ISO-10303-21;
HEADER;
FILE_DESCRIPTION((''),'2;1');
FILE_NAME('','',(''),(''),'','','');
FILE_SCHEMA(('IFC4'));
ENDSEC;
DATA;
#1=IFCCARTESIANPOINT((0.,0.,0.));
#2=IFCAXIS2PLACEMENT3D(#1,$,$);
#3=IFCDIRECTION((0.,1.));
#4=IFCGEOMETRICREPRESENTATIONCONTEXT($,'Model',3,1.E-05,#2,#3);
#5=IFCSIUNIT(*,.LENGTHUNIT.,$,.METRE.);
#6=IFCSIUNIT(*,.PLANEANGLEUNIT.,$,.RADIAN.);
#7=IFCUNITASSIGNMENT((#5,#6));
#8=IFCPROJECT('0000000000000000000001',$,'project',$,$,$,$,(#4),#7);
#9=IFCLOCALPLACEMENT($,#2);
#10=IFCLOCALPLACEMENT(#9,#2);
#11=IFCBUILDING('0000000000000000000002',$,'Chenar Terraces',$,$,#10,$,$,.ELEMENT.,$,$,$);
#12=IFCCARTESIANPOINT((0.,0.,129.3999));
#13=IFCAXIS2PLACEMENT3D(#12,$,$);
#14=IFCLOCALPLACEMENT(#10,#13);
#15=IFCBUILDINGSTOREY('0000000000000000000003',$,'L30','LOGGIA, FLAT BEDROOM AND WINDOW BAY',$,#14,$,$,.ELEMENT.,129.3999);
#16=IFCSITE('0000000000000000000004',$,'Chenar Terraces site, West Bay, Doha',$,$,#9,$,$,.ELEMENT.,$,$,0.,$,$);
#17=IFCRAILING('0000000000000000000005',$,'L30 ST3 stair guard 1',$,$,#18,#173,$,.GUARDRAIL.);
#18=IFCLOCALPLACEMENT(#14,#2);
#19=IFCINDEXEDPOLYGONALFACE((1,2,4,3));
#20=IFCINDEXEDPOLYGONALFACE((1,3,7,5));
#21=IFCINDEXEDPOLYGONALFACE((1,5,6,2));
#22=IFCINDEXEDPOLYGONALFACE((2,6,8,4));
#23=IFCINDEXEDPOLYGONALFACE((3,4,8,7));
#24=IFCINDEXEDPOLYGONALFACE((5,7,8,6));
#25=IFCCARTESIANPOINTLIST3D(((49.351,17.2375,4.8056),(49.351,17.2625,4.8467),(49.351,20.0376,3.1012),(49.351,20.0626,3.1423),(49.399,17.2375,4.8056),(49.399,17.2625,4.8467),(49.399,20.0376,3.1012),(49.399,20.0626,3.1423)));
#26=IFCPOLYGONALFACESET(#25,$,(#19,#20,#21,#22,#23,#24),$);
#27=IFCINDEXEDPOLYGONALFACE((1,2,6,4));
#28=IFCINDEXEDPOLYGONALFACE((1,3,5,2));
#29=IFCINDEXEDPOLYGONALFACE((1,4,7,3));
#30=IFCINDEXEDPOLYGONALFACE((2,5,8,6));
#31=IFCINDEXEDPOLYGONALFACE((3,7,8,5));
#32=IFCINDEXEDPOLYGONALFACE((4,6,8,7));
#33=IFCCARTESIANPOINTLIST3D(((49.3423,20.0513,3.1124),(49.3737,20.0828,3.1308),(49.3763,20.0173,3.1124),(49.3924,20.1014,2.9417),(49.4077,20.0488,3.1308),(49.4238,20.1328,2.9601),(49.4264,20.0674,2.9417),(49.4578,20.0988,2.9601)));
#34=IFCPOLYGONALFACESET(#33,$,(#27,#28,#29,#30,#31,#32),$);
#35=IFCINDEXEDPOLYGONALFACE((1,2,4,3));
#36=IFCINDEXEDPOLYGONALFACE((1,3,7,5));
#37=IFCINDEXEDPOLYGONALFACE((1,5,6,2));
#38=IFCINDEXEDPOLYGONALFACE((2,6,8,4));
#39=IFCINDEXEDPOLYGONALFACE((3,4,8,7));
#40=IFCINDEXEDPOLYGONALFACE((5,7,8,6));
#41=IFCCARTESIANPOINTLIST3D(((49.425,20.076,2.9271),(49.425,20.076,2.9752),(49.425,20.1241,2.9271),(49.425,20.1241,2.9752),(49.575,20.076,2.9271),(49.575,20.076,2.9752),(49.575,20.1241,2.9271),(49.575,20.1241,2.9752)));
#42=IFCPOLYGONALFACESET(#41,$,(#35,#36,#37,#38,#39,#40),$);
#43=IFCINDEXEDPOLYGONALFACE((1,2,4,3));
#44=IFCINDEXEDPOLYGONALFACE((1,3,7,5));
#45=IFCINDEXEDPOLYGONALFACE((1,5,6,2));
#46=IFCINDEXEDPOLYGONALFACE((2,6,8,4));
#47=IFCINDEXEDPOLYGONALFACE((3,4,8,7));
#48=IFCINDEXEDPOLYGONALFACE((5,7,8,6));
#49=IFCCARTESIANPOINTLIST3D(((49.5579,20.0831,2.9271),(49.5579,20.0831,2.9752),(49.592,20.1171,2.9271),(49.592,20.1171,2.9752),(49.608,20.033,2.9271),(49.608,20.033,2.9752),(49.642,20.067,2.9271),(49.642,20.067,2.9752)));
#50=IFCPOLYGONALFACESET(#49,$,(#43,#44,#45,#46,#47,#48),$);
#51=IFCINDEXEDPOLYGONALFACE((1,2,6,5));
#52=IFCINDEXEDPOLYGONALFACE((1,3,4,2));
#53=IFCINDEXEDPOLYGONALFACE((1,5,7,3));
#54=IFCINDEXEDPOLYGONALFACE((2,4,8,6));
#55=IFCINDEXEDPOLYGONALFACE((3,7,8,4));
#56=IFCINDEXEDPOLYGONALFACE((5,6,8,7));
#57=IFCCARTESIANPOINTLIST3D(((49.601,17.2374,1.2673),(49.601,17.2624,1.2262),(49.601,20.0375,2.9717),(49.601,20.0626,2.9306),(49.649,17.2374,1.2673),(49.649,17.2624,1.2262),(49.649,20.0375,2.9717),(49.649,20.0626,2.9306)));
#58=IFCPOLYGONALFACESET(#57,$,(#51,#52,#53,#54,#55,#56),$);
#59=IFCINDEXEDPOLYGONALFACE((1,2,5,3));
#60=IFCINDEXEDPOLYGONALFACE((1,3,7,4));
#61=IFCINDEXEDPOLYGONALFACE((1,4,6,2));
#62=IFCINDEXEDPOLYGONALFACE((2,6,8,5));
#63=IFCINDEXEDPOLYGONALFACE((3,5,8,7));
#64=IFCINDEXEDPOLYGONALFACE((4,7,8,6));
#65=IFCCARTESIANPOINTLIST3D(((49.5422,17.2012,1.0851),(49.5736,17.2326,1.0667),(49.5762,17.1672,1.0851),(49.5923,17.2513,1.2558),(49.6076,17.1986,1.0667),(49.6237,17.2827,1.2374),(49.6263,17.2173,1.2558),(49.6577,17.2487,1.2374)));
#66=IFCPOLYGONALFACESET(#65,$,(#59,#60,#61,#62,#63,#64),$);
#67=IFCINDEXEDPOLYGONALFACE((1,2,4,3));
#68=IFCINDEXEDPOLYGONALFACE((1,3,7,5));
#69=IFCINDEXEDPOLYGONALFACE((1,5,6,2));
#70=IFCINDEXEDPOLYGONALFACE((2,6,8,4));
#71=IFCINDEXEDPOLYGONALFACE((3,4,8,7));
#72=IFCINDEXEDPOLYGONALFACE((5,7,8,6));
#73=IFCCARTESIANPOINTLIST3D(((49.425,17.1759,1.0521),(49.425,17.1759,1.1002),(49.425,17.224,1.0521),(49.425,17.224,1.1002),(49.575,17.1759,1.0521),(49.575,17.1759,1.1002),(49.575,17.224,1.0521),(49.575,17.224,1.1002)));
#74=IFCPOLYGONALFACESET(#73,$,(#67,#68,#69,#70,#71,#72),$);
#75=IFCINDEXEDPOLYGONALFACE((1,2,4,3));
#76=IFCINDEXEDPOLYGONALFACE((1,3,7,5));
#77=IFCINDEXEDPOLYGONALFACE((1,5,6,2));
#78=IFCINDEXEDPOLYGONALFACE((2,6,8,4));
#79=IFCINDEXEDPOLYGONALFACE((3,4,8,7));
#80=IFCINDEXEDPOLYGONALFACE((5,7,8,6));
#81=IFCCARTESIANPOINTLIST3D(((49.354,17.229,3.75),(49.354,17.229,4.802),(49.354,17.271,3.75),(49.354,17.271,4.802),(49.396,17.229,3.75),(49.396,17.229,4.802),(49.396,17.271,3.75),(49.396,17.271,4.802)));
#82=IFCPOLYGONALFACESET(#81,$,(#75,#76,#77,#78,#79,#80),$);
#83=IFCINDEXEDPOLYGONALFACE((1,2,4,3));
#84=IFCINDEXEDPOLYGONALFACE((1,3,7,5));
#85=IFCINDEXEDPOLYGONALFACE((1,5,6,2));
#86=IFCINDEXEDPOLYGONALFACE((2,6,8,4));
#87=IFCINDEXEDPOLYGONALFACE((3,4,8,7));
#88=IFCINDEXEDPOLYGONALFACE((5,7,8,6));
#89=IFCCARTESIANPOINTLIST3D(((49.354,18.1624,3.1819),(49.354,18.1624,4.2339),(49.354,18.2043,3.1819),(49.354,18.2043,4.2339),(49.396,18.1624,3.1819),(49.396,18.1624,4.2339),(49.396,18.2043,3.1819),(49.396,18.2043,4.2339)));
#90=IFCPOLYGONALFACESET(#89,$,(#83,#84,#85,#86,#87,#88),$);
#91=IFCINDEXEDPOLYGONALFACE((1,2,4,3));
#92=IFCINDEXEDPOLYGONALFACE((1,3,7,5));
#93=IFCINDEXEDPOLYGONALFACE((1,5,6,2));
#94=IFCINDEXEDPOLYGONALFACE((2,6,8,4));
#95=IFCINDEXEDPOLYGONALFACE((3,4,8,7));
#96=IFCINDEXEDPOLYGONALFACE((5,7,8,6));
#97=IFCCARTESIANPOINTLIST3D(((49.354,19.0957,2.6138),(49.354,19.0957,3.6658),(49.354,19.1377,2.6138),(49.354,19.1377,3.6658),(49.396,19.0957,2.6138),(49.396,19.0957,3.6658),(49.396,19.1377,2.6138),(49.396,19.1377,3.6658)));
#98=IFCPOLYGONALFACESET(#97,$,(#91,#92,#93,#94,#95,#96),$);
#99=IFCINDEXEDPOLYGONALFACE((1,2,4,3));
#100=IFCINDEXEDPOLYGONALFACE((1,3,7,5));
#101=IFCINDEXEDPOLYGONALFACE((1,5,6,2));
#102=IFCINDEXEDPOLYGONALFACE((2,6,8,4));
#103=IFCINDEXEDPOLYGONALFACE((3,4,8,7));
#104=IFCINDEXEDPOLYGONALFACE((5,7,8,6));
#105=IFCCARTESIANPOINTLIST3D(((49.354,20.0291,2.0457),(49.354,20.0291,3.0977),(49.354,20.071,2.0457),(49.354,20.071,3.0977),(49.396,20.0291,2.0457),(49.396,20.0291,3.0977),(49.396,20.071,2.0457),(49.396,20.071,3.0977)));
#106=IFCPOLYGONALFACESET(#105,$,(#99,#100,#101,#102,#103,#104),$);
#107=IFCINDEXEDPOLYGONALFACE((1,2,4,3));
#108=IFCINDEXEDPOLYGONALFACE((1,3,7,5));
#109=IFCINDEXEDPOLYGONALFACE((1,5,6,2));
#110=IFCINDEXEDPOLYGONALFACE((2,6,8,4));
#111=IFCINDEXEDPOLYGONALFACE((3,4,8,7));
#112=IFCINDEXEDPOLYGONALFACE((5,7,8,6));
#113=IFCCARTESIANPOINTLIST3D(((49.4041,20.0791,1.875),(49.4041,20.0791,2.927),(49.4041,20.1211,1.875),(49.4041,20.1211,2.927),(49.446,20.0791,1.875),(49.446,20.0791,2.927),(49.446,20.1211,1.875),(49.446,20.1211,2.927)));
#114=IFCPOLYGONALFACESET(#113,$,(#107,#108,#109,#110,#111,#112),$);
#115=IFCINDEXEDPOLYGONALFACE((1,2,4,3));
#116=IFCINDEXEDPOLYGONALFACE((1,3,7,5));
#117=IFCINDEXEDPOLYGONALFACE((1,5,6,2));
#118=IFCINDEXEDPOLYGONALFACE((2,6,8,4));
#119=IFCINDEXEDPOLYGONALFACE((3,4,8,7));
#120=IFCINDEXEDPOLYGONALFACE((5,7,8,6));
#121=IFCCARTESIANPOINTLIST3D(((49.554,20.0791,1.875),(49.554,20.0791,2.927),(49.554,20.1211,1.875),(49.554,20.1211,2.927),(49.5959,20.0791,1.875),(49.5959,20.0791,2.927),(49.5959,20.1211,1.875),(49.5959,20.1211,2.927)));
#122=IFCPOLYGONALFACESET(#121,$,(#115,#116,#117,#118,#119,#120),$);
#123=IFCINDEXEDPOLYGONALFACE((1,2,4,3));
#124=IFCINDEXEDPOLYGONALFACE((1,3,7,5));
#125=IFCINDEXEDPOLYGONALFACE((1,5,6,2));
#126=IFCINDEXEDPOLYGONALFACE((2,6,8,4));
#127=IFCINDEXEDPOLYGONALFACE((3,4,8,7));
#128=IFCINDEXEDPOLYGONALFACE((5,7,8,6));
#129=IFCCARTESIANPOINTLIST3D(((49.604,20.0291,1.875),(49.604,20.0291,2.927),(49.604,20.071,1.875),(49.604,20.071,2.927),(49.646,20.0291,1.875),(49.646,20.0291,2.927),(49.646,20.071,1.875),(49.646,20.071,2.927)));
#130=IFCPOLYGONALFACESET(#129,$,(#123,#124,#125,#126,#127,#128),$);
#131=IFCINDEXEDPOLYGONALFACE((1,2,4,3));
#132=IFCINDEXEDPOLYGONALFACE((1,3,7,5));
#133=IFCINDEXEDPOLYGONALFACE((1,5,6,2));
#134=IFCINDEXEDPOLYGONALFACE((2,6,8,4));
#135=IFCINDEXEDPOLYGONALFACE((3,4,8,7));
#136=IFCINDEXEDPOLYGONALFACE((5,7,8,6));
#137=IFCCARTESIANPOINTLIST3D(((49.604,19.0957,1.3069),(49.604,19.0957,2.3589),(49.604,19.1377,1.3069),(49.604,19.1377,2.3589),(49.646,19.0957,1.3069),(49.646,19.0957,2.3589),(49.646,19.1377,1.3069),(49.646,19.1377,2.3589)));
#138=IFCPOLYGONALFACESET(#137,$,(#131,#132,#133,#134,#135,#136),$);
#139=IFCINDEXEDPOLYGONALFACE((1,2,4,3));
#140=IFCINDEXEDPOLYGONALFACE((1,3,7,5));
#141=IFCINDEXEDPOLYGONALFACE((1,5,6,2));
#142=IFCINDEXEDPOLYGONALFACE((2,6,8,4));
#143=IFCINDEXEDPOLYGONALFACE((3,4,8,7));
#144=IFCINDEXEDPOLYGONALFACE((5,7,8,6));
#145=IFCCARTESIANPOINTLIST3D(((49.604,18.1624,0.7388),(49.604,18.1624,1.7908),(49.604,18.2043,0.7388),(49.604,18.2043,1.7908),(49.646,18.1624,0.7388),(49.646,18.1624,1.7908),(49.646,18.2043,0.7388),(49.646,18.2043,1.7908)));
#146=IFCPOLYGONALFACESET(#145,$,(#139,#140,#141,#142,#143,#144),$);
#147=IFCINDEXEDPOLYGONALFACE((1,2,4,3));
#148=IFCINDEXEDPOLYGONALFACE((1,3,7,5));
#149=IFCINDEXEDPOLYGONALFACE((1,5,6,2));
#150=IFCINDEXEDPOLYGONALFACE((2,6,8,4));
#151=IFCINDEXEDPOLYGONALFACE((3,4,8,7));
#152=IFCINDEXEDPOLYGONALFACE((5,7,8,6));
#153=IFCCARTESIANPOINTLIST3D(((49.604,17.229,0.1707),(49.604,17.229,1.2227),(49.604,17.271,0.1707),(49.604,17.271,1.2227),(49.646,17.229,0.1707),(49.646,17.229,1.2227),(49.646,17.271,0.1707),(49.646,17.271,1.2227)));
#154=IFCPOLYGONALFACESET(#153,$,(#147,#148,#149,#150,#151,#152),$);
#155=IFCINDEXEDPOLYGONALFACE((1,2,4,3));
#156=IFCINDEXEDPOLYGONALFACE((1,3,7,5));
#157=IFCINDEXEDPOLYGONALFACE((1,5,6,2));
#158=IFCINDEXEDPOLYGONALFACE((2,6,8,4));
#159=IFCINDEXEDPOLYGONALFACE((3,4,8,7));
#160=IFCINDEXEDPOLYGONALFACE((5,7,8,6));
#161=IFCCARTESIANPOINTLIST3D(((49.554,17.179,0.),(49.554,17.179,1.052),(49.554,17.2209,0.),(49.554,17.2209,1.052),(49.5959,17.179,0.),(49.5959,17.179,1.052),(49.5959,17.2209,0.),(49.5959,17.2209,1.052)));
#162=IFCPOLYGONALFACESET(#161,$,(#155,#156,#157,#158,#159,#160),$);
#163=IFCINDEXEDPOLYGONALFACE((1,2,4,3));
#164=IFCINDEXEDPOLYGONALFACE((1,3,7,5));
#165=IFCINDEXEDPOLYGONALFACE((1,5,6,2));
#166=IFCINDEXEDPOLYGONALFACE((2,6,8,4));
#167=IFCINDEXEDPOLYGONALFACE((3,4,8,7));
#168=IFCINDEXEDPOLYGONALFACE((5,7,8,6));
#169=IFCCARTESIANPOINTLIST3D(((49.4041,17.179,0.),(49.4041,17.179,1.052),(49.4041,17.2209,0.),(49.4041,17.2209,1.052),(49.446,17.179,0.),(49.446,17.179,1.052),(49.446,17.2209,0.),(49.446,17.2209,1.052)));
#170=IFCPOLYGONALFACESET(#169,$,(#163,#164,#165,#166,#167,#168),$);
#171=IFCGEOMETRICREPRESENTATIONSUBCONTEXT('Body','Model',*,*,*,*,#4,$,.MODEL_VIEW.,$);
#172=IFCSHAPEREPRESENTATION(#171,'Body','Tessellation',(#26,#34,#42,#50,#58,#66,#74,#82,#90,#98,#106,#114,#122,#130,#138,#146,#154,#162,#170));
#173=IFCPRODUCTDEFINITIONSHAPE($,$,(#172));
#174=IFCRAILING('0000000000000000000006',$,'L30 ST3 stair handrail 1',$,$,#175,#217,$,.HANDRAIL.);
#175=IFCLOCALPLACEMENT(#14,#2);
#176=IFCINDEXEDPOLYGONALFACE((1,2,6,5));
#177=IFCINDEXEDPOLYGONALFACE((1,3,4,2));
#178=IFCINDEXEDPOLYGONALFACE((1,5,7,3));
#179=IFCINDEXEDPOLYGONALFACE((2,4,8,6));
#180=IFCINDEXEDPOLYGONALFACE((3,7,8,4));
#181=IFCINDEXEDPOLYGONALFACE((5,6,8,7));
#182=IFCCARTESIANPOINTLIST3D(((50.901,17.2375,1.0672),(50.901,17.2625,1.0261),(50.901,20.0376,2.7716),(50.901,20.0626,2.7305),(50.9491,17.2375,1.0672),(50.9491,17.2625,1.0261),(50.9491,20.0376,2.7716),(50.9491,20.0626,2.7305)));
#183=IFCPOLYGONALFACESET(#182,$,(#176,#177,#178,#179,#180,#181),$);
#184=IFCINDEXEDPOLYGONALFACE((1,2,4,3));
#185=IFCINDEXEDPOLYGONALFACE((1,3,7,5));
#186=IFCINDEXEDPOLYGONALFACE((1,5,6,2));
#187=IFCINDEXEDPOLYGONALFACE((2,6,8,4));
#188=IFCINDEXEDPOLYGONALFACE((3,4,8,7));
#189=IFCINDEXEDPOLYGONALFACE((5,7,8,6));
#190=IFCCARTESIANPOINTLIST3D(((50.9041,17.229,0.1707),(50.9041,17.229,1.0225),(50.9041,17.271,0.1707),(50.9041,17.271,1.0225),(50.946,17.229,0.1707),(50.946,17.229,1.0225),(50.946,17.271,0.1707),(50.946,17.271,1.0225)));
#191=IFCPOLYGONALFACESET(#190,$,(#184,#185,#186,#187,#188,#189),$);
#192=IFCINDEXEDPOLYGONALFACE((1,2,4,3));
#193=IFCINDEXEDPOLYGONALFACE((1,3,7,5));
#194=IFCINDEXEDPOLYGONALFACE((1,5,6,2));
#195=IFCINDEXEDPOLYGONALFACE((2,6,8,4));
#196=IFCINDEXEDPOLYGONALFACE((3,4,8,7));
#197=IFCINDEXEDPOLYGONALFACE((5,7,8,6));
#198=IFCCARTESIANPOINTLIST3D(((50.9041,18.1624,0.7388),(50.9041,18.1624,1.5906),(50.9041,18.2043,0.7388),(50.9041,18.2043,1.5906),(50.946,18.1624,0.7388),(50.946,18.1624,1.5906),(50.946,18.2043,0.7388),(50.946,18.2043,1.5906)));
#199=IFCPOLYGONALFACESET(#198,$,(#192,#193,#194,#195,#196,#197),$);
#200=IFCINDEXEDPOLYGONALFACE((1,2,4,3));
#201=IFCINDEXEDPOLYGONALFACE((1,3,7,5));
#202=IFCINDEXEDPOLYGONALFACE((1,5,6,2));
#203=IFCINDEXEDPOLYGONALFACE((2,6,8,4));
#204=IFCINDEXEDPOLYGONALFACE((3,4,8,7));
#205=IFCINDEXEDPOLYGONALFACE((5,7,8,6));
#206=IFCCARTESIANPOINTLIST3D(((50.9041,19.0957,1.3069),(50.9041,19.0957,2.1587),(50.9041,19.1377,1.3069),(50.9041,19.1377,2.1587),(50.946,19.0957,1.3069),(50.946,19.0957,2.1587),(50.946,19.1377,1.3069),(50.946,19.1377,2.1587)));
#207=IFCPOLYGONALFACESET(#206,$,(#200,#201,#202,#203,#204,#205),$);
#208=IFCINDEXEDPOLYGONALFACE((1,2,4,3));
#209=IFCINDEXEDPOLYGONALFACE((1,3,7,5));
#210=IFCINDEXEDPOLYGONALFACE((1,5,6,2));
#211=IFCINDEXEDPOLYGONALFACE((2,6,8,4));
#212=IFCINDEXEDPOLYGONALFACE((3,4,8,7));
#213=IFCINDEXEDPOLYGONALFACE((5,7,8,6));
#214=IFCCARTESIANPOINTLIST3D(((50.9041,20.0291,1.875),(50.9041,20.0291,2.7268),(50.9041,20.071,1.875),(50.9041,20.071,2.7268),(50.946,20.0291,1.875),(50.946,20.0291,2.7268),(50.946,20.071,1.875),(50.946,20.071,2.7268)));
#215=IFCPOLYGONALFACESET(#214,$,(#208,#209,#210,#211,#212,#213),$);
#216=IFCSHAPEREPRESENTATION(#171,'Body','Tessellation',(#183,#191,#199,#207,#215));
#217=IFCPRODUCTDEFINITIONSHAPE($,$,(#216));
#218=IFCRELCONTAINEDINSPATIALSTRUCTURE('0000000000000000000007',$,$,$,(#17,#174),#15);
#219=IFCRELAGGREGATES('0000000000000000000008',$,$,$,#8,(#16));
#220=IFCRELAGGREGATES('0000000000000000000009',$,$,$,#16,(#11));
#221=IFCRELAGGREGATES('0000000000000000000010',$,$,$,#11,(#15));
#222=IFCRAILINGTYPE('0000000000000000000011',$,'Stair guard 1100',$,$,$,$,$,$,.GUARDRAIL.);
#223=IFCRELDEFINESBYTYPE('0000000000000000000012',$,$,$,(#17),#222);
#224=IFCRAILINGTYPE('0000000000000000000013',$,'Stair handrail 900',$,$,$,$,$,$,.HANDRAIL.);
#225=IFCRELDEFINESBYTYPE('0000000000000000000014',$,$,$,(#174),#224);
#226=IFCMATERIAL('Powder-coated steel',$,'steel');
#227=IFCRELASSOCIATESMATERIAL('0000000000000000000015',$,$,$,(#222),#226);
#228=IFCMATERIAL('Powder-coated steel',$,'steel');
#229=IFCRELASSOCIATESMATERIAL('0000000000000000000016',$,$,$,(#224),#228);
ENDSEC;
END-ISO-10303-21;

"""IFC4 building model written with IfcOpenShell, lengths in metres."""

from ifc_helpers import new_model, si_unit, direction, frame, origin, origin_2d, place, context, subcontext, project, spatial, rectangle, extrude, material, type_object, element, save


model = new_model("IFC4")

# Units and contexts
model_context = context("Model", 3, precision=1e-05, world=origin(), true_north=direction((0.0, 1.0)))
body_context = subcontext(model_context, "Body", "Model", "MODEL_VIEW")
ifc_project = project(units=[si_unit("LENGTHUNIT", "METRE"), si_unit("PLANEANGLEUNIT", "RADIAN")], contexts=[model_context])

# Site, building, storey
site_placement = place(None, origin())
site = spatial("IfcSite", under=ifc_project, at=site_placement, Name="Chenar Terraces site, West Bay, Doha", CompositionType="ELEMENT", RefElevation=0.0)
building_placement = place(site_placement, origin())
building = spatial("IfcBuilding", under=site, at=building_placement, Name="Chenar Terraces", CompositionType="ELEMENT")
storey_placement = place(building_placement, frame((0.0, 0.0, 129.3999)))
storey = spatial("IfcBuildingStorey", under=building, at=storey_placement, Name="L30", Description="LOGGIA, FLAT BEDROOM AND WINDOW BAY", CompositionType="ELEMENT", Elevation=129.3999)

# Railings
ifc_material_1 = material(Name="Powder-coated steel", Category="steel")
railing_type_1 = type_object("IfcRailingType", Name="Stair guard 1100", PredefinedType="GUARDRAIL", material=ifc_material_1)
railing_1_placement = place(storey_placement, frame((49.375, 17.25, 3.75)))
element("IfcRailing", 1, at=railing_1_placement, inside=storey, type_object=railing_type_1, Name="L30 ST3 stair guard 1", PredefinedType="GUARDRAIL", context=body_context, shape_type="SweptSolid", body=[
    extrude(rectangle(XDim=0.0481, YDim=0.0481, at=origin_2d()), frame((0.0, 0.0, 1.0762), z_axis=(0.0, 0.854203, -0.51994), x_axis=(-1.0, 0.0, 0.0)), (0.0, 0.0, 1.0), 3.2781),
    extrude(rectangle(XDim=0.0481, YDim=0.0481, at=origin_2d()), frame((0.0, 2.8, -0.6284), z_axis=(0.2709, 0.2709, -0.923703), x_axis=(-0.707107, 0.707107, 0.0)), (0.0, 0.0, 1.0), 0.1848),
    extrude(rectangle(XDim=0.0481, YDim=0.0481, at=origin_2d()), frame((0.05, 2.8501, -0.7988), z_axis=(1.0, 0.0, 0.0), x_axis=(0.0, 1.0, 0.0)), (0.0, 0.0, 1.0), 0.1499),
    extrude(rectangle(XDim=0.0481, YDim=0.0481, at=origin_2d()), frame((0.2, 2.8501, -0.7988), z_axis=(0.707107, -0.707107, 0.0), x_axis=(0.707107, 0.707107, 0.0)), (0.0, 0.0, 1.0), 0.0708),
    extrude(rectangle(XDim=0.0481, YDim=0.0481, at=origin_2d()), frame((0.25, 2.8, -0.7988), z_axis=(0.0, -0.854203, -0.51994), x_axis=(1.0, 0.0, 0.0)), (0.0, 0.0, 1.0), 3.2781),
    extrude(rectangle(XDim=0.0481, YDim=0.0481, at=origin_2d()), frame((0.25, 0.0, -2.5034), z_axis=(-0.2709, -0.2709, -0.923703), x_axis=(0.707107, -0.707107, 0.0)), (0.0, 0.0, 1.0), 0.1848),
    extrude(rectangle(XDim=0.0481, YDim=0.0481, at=origin_2d()), frame((0.2, -0.05, -2.6738), z_axis=(-1.0, 0.0, 0.0), x_axis=(0.0, -1.0, 0.0)), (0.0, 0.0, 1.0), 0.1499),
    extrude(rectangle(XDim=0.042, YDim=0.042, at=origin_2d()), origin(), (0.0, 0.0, 1.0), 1.052),
    extrude(rectangle(XDim=0.042, YDim=0.042, at=origin_2d()), frame((0.0, 0.9333, -0.5681)), (0.0, 0.0, 1.0), 1.052),
    extrude(rectangle(XDim=0.042, YDim=0.042, at=origin_2d()), frame((0.0, 1.8667, -1.1362)), (0.0, 0.0, 1.0), 1.052),
    extrude(rectangle(XDim=0.042, YDim=0.042, at=origin_2d()), frame((0.0, 2.8, -1.7043)), (0.0, 0.0, 1.0), 1.052),
    extrude(rectangle(XDim=0.042, YDim=0.042, at=origin_2d()), frame((0.05, 2.8501, -1.875)), (0.0, 0.0, 1.0), 1.052),
    extrude(rectangle(XDim=0.042, YDim=0.042, at=origin_2d()), frame((0.2, 2.8501, -1.875)), (0.0, 0.0, 1.0), 1.052),
    extrude(rectangle(XDim=0.042, YDim=0.042, at=origin_2d()), frame((0.25, 2.8, -1.875)), (0.0, 0.0, 1.0), 1.052),
    extrude(rectangle(XDim=0.042, YDim=0.042, at=origin_2d()), frame((0.25, 1.8667, -2.4431)), (0.0, 0.0, 1.0), 1.052),
    extrude(rectangle(XDim=0.042, YDim=0.042, at=origin_2d()), frame((0.25, 0.9333, -3.0112)), (0.0, 0.0, 1.0), 1.052),
    extrude(rectangle(XDim=0.042, YDim=0.042, at=origin_2d()), frame((0.25, 0.0, -3.5793)), (0.0, 0.0, 1.0), 1.052),
    extrude(rectangle(XDim=0.042, YDim=0.042, at=origin_2d()), frame((0.2, -0.05, -3.75)), (0.0, 0.0, 1.0), 1.052),
    extrude(rectangle(XDim=0.042, YDim=0.042, at=origin_2d()), frame((0.05, -0.05, -3.75)), (0.0, 0.0, 1.0), 1.052),
])
ifc_material_2 = material(Name="Powder-coated steel", Category="steel")
railing_type_2 = type_object("IfcRailingType", Name="Stair handrail 900", PredefinedType="HANDRAIL", material=ifc_material_2)
railing_2_placement = place(storey_placement, frame((50.925, 17.25, 0.1707)))
element("IfcRailing", 2, at=railing_2_placement, inside=storey, type_object=railing_type_2, Name="L30 ST3 stair handrail 1", PredefinedType="HANDRAIL", context=body_context, shape_type="SweptSolid", body=[
    extrude(rectangle(XDim=0.0481, YDim=0.0481, at=origin_2d()), frame((0.0, 0.0, 0.876), z_axis=(0.0, 0.854203, 0.51994), x_axis=(-1.0, 0.0, 0.0)), (0.0, 0.0, 1.0), 3.2781),
    extrude(rectangle(XDim=0.042, YDim=0.042, at=origin_2d()), origin(), (0.0, 0.0, 1.0), 0.8518),
    extrude(rectangle(XDim=0.042, YDim=0.042, at=origin_2d()), frame((0.0, 0.9333, 0.5681)), (0.0, 0.0, 1.0), 0.8518),
    extrude(rectangle(XDim=0.042, YDim=0.042, at=origin_2d()), frame((0.0, 1.8667, 1.1362)), (0.0, 0.0, 1.0), 0.8518),
    extrude(rectangle(XDim=0.042, YDim=0.042, at=origin_2d()), frame((0.0, 2.8, 1.7043)), (0.0, 0.0, 1.0), 0.8518),
])

save(model, "model.ifc")
